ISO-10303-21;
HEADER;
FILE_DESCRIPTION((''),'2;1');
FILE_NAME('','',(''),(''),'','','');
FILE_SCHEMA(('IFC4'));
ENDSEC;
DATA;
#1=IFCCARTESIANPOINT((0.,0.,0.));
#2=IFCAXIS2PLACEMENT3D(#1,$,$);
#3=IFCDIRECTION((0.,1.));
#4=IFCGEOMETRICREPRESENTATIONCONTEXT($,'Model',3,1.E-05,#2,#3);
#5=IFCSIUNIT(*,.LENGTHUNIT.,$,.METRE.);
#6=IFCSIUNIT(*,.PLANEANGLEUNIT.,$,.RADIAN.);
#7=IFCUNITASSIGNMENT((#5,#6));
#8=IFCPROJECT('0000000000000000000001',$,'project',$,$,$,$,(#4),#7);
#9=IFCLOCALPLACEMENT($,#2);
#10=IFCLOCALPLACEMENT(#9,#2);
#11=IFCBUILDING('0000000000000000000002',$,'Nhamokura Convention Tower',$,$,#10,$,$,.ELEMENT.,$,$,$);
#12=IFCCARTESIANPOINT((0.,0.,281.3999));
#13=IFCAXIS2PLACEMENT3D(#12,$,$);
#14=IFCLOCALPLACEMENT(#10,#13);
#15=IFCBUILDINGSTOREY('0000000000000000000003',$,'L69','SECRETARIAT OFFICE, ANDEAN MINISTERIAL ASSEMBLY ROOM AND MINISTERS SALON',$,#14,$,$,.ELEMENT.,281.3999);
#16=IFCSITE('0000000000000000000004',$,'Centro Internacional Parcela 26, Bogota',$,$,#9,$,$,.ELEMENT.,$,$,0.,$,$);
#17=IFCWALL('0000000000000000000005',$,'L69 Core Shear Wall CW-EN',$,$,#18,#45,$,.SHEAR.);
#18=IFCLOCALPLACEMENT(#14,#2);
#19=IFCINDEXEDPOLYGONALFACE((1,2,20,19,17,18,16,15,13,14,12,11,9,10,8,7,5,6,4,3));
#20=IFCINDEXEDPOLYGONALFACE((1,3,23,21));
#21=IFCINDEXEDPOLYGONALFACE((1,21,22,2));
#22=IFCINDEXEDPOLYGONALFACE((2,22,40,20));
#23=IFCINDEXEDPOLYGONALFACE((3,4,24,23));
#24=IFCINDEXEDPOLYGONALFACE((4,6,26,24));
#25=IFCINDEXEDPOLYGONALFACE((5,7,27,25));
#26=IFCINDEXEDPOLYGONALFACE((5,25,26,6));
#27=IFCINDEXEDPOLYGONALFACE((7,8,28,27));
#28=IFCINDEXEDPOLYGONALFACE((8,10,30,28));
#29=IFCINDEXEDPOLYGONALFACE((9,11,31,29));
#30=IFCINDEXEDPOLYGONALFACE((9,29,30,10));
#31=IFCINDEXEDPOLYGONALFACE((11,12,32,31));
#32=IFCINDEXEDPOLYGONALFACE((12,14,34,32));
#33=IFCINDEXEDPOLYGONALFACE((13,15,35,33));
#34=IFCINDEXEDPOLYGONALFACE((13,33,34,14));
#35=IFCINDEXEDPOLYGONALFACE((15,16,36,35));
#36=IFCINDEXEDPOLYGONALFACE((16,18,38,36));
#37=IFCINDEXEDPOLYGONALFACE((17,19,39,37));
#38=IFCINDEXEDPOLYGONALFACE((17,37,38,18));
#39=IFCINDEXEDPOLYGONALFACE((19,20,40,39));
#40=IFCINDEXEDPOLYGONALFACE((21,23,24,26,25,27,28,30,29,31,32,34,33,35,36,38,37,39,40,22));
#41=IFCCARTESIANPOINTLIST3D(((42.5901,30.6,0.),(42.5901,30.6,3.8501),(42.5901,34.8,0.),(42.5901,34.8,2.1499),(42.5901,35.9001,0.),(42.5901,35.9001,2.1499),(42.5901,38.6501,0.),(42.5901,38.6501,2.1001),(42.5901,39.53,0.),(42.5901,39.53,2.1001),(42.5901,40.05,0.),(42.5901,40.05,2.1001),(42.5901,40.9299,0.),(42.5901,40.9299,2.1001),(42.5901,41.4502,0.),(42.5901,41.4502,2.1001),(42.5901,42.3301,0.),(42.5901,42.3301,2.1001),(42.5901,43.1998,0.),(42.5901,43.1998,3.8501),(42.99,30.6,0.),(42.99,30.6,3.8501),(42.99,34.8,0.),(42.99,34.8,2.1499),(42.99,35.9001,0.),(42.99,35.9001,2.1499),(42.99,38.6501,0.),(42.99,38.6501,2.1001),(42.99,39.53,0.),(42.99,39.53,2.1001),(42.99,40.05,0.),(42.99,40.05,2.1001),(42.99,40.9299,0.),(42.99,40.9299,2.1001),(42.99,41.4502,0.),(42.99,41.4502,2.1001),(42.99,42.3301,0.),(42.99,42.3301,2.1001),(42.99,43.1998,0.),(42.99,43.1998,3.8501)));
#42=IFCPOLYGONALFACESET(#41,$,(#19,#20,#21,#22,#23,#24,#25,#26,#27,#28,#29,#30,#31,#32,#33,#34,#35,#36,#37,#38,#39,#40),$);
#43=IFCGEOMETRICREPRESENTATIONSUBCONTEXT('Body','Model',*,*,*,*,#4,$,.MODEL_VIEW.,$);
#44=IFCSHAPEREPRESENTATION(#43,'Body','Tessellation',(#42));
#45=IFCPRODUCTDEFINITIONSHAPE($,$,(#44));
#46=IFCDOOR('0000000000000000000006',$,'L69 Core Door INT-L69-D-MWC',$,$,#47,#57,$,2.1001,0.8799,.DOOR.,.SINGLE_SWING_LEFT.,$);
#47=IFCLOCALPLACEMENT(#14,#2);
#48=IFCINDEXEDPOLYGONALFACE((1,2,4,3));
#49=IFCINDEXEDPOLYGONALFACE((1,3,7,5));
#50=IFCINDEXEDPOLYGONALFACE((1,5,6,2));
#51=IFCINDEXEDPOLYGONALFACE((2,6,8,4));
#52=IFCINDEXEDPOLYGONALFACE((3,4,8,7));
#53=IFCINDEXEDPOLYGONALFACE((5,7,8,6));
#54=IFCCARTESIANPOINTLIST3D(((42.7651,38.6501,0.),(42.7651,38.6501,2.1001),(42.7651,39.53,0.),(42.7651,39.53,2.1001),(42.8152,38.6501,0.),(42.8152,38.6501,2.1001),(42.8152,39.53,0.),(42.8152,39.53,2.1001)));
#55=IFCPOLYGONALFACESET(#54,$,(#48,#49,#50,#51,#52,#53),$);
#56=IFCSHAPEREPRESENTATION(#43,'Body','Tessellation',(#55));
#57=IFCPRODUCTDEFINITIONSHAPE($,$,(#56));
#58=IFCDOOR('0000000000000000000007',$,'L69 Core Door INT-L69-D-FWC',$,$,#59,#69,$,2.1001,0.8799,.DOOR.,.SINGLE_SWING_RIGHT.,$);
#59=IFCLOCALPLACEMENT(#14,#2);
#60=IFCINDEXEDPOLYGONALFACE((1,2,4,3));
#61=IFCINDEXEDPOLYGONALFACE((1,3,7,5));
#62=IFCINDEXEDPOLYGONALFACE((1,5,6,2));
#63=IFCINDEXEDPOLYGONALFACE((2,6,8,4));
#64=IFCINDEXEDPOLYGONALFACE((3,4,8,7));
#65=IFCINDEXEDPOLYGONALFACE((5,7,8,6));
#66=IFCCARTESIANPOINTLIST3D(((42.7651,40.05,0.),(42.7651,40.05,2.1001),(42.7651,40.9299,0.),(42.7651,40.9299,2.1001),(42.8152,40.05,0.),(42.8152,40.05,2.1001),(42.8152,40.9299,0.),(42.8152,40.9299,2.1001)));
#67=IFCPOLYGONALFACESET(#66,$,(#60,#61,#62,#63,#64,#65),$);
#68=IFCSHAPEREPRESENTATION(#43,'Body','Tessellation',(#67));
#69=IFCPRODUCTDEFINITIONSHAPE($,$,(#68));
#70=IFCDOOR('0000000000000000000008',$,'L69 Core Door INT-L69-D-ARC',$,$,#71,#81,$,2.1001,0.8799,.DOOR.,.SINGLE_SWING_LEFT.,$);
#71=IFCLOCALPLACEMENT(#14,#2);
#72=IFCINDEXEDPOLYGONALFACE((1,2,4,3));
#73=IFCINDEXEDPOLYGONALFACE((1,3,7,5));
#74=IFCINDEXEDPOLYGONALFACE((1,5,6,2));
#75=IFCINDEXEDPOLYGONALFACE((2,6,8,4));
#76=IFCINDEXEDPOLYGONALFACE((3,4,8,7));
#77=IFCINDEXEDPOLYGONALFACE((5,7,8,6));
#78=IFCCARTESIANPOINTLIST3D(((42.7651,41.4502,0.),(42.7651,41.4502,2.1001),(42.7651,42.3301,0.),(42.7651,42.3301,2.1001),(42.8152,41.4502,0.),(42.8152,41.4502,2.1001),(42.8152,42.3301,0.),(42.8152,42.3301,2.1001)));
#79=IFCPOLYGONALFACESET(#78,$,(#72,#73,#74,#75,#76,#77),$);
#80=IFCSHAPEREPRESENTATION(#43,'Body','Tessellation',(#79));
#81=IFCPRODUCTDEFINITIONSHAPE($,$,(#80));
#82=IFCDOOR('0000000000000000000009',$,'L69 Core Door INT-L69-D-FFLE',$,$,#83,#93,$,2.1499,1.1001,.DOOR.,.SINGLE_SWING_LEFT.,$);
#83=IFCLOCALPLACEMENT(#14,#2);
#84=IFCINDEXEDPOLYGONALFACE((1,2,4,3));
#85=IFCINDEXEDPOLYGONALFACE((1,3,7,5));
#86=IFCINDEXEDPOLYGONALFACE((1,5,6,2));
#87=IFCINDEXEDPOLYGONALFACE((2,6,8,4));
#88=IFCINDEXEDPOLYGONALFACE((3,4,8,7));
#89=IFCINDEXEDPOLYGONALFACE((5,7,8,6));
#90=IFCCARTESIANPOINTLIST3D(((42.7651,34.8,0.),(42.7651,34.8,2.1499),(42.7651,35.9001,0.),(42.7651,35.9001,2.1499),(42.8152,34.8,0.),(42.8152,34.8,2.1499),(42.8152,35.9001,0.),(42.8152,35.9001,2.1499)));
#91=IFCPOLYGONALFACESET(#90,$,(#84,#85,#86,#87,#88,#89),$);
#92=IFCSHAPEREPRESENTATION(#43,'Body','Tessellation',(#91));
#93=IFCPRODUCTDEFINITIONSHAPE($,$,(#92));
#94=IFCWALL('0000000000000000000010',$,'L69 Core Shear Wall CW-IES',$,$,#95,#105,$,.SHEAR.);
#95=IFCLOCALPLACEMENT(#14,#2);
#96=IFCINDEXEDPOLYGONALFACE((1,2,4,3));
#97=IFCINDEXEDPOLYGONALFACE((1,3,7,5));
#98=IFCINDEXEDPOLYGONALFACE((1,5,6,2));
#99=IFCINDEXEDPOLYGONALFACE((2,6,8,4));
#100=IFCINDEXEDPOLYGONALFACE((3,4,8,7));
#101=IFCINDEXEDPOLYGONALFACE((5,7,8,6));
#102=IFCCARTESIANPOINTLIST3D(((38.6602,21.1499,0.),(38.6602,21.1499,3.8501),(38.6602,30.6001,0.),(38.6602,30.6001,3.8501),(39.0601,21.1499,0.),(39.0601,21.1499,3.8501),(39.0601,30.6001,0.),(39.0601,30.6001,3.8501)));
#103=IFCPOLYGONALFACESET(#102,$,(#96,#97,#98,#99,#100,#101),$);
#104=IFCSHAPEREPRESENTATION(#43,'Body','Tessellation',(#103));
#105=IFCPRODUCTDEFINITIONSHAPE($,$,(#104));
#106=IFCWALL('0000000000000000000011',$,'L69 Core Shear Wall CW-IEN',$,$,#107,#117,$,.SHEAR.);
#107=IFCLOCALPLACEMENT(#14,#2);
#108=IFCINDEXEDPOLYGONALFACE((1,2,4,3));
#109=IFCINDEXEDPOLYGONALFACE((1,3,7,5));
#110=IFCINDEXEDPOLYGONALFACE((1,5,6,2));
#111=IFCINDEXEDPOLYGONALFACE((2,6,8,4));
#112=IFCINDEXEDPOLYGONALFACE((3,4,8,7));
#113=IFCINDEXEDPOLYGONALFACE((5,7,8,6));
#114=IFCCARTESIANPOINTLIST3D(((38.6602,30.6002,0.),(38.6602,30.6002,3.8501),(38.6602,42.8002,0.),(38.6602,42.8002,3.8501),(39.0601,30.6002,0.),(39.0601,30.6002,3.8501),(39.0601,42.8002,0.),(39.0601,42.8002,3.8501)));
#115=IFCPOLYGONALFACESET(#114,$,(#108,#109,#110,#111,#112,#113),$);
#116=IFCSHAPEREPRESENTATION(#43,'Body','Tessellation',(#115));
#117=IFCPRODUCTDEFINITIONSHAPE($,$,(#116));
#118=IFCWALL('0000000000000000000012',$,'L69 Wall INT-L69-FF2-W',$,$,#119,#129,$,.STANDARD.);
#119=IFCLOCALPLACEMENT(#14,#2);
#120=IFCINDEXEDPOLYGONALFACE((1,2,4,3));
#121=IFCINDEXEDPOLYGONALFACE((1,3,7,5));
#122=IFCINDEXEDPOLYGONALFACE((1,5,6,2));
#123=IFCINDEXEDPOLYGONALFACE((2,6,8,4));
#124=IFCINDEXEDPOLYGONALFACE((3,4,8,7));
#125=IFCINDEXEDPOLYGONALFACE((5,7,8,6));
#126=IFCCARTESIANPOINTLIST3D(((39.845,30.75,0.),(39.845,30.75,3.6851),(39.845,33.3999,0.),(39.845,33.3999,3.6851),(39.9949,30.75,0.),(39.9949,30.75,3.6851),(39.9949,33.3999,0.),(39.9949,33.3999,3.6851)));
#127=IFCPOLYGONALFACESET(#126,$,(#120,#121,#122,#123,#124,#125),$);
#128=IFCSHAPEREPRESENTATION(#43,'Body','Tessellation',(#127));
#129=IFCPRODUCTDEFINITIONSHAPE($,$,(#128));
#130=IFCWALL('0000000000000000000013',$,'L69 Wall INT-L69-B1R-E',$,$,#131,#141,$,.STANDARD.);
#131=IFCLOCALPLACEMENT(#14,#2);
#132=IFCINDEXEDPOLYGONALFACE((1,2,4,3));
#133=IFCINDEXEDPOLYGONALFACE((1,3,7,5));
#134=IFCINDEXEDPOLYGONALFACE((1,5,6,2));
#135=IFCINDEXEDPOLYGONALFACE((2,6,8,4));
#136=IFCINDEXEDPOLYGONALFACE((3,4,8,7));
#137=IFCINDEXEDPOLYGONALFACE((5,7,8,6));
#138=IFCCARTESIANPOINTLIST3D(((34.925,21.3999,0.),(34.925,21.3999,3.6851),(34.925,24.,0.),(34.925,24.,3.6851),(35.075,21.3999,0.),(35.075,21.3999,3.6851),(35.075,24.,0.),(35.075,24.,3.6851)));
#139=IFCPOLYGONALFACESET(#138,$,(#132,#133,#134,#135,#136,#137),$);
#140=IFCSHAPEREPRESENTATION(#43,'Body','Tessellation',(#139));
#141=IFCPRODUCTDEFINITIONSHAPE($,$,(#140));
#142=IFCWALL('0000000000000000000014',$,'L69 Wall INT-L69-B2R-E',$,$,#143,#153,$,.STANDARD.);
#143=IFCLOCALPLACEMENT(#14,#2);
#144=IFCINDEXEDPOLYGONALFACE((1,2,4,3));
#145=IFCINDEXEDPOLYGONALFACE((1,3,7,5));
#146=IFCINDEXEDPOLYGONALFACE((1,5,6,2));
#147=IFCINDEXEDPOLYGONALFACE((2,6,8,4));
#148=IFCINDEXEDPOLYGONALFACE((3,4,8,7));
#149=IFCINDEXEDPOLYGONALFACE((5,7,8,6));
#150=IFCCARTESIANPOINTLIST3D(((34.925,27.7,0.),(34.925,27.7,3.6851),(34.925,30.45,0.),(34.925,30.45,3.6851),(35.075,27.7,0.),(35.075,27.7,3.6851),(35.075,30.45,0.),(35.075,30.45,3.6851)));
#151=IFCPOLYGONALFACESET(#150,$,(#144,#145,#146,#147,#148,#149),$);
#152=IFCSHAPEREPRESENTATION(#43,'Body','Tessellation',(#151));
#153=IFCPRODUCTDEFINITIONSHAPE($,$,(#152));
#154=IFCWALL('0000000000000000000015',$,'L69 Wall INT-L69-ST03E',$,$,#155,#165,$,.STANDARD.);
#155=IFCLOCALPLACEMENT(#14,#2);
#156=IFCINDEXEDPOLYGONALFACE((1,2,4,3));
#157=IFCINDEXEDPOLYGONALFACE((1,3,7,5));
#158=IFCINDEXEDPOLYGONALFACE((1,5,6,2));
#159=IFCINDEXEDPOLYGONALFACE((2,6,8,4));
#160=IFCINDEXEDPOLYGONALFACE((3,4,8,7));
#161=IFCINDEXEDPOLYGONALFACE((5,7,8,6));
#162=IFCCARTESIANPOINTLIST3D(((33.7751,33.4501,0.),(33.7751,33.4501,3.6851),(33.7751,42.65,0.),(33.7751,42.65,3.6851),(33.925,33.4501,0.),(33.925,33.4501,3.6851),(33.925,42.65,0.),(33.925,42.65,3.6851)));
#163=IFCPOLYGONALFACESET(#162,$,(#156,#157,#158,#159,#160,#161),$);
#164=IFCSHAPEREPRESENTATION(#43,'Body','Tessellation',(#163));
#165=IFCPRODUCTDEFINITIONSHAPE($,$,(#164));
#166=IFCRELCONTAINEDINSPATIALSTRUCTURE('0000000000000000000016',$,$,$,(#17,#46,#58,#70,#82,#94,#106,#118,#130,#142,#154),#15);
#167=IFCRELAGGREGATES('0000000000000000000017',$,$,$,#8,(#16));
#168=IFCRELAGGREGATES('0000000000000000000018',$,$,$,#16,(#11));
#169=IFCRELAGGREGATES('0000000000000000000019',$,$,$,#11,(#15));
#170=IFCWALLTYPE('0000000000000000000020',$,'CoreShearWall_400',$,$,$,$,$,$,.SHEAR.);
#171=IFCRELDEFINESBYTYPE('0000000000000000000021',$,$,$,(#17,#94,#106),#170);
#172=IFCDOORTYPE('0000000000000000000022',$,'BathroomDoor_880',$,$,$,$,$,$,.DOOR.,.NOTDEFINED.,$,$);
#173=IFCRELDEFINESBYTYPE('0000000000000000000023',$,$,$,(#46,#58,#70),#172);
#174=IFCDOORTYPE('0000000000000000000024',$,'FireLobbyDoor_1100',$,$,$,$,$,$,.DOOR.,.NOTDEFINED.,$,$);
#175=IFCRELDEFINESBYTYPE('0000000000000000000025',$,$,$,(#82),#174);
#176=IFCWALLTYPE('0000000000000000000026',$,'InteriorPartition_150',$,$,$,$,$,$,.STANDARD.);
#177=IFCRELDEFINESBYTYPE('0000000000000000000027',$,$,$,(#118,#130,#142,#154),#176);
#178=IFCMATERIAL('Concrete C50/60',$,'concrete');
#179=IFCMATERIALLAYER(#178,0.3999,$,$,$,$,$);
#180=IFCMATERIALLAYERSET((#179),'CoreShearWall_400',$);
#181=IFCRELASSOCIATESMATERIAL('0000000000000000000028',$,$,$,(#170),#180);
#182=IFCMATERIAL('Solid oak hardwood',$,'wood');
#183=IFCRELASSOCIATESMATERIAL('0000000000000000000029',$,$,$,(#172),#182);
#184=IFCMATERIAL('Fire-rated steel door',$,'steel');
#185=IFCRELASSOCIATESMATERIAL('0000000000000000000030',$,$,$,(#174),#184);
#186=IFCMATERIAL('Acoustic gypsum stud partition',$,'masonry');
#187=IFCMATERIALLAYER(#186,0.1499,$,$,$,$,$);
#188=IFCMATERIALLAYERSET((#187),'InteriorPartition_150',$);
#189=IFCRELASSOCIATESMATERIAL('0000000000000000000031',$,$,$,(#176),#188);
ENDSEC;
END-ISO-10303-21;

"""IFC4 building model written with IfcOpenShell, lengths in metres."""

from ifc_helpers import new_model, si_unit, direction, frame, frame_2d, origin, place, context, subcontext, project, spatial, rectangle, extrude, material, layer, layer_set, type_object, element, fill, save


model = new_model("IFC4")

# Units and contexts
model_context = context("Model", 3, precision=1e-05, world=origin(), true_north=direction((0.0, 1.0)))
body_context = subcontext(model_context, "Body", "Model", "MODEL_VIEW")
ifc_project = project(units=[si_unit("LENGTHUNIT", "METRE"), si_unit("PLANEANGLEUNIT", "RADIAN")], contexts=[model_context])

# Site, building, storey
site_placement = place(None, origin())
site = spatial("IfcSite", under=ifc_project, at=site_placement, Name="Centro Internacional Parcela 26, Bogota", CompositionType="ELEMENT", RefElevation=0.0)
building_placement = place(site_placement, origin())
building = spatial("IfcBuilding", under=site, at=building_placement, Name="Nhamokura Convention Tower", CompositionType="ELEMENT")
storey_placement = place(building_placement, frame((0.0, 0.0, 281.3999)))
storey = spatial("IfcBuildingStorey", under=building, at=storey_placement, Name="L69", Description="SECRETARIAT OFFICE, ANDEAN MINISTERIAL ASSEMBLY ROOM AND MINISTERS SALON", CompositionType="ELEMENT", Elevation=281.3999)

# Wall, openings, doors
ifc_material_1 = material(Name="Concrete C50/60", Category="concrete")
ifc_layer_1 = layer(ifc_material_1, 0.3999)
ifc_layer_set_1 = layer_set([ifc_layer_1], Name="CoreShearWall_400")
wall_type_1 = type_object("IfcWallType", Name="CoreShearWall_400", PredefinedType="SHEAR", material=ifc_layer_set_1)
wall_1_placement = place(storey_placement, frame((42.79, 30.6001, 0.0), z_axis=(0.0, 0.0, 1.0), x_axis=(0.0, 1.0, 0.0)))
wall_1 = element("IfcWall", 1, at=wall_1_placement, inside=storey, type_object=wall_type_1, Name="L69 Core Shear Wall CW-EN", PredefinedType="SHEAR", context=body_context, shape_type="SweptSolid", body=[
    extrude(rectangle(XDim=12.5999, YDim=0.3999, at=frame_2d((6.2998, 0.0))), origin(), (0.0, 0.0, 1.0), 3.8501),
])
opening_1_placement = place(wall_1_placement, frame((4.2, 0.0, 0.0)))
opening_1 = element("IfcOpeningElement", 2, at=opening_1_placement, cuts=wall_1, PredefinedType="OPENING", context=body_context, shape_type="SweptSolid", body=[
    extrude(rectangle(XDim=1.1001, YDim=2.1499, at=frame_2d((0.55, 1.075))), frame((0.0, 0.21, 0.0), z_axis=(0.0, -1.0, 0.0), x_axis=(1.0, 0.0, 0.0)), (0.0, 0.0, 1.0), 0.4199),
])
opening_2_placement = place(wall_1_placement, frame((8.05, 0.0, 0.0)))
opening_2 = element("IfcOpeningElement", 3, at=opening_2_placement, cuts=wall_1, PredefinedType="OPENING", context=body_context, shape_type="SweptSolid", body=[
    extrude(rectangle(XDim=0.8799, YDim=2.1001, at=frame_2d((0.4399, 1.05))), frame((0.0, 0.21, 0.0), z_axis=(0.0, -1.0, 0.0), x_axis=(1.0, 0.0, 0.0)), (0.0, 0.0, 1.0), 0.4199),
])
opening_3_placement = place(wall_1_placement, frame((9.45, 0.0, 0.0)))
opening_3 = element("IfcOpeningElement", 4, at=opening_3_placement, cuts=wall_1, PredefinedType="OPENING", context=body_context, shape_type="SweptSolid", body=[
    extrude(rectangle(XDim=0.8799, YDim=2.1001, at=frame_2d((0.4399, 1.05))), frame((0.0, 0.21, 0.0), z_axis=(0.0, -1.0, 0.0), x_axis=(1.0, 0.0, 0.0)), (0.0, 0.0, 1.0), 0.4199),
])
opening_4_placement = place(wall_1_placement, frame((10.8501, 0.0, 0.0)))
opening_4 = element("IfcOpeningElement", 5, at=opening_4_placement, cuts=wall_1, PredefinedType="OPENING", context=body_context, shape_type="SweptSolid", body=[
    extrude(rectangle(XDim=0.8799, YDim=2.1001, at=frame_2d((0.4399, 1.05))), frame((0.0, 0.21, 0.0), z_axis=(0.0, -1.0, 0.0), x_axis=(1.0, 0.0, 0.0)), (0.0, 0.0, 1.0), 0.4199),
])
ifc_material_2 = material(Name="Solid oak hardwood", Category="wood")
door_type_1 = type_object("IfcDoorType", Name="BathroomDoor_880", OperationType="NOTDEFINED", PredefinedType="DOOR", material=ifc_material_2)
door_1_placement = place(opening_2_placement, origin())
door_1 = element("IfcDoor", 6, at=door_1_placement, inside=storey, type_object=door_type_1, Name="L69 Core Door INT-L69-D-MWC", OperationType="SINGLE_SWING_LEFT", OverallHeight=2.1001, OverallWidth=0.8799, PredefinedType="DOOR", context=body_context, shape_type="SweptSolid", body=[
    extrude(rectangle(XDim=0.8799, YDim=2.1001, at=frame_2d((0.4399, 1.05))), frame((0.0, 0.0249, 0.0), z_axis=(0.0, -1.0, 0.0), x_axis=(1.0, 0.0, 0.0)), (0.0, 0.0, 1.0), 0.05),
])
fill(opening_2, door_1)
door_2_placement = place(opening_3_placement, origin())
door_2 = element("IfcDoor", 7, at=door_2_placement, inside=storey, type_object=door_type_1, Name="L69 Core Door INT-L69-D-FWC", OperationType="SINGLE_SWING_RIGHT", OverallHeight=2.1001, OverallWidth=0.8799, PredefinedType="DOOR", context=body_context, shape_type="SweptSolid", body=[
    extrude(rectangle(XDim=0.8799, YDim=2.1001, at=frame_2d((0.4399, 1.05))), frame((0.0, 0.0249, 0.0), z_axis=(0.0, -1.0, 0.0), x_axis=(1.0, 0.0, 0.0)), (0.0, 0.0, 1.0), 0.05),
])
fill(opening_3, door_2)
door_3_placement = place(opening_4_placement, origin())
door_3 = element("IfcDoor", 8, at=door_3_placement, inside=storey, type_object=door_type_1, Name="L69 Core Door INT-L69-D-ARC", OperationType="SINGLE_SWING_LEFT", OverallHeight=2.1001, OverallWidth=0.8799, PredefinedType="DOOR", context=body_context, shape_type="SweptSolid", body=[
    extrude(rectangle(XDim=0.8799, YDim=2.1001, at=frame_2d((0.4399, 1.05))), frame((0.0, 0.0249, 0.0), z_axis=(0.0, -1.0, 0.0), x_axis=(1.0, 0.0, 0.0)), (0.0, 0.0, 1.0), 0.05),
])
fill(opening_4, door_3)
ifc_material_3 = material(Name="Fire-rated steel door", Category="steel")
door_type_2 = type_object("IfcDoorType", Name="FireLobbyDoor_1100", OperationType="NOTDEFINED", PredefinedType="DOOR", material=ifc_material_3)
door_4_placement = place(opening_1_placement, origin())
door_4 = element("IfcDoor", 9, at=door_4_placement, inside=storey, type_object=door_type_2, Name="L69 Core Door INT-L69-D-FFLE", OperationType="SINGLE_SWING_LEFT", OverallHeight=2.1499, OverallWidth=1.1001, PredefinedType="DOOR", context=body_context, shape_type="SweptSolid", body=[
    extrude(rectangle(XDim=1.1001, YDim=2.1499, at=frame_2d((0.55, 1.075))), frame((0.0, 0.0249, 0.0), z_axis=(0.0, -1.0, 0.0), x_axis=(1.0, 0.0, 0.0)), (0.0, 0.0, 1.0), 0.05),
])
fill(opening_1, door_4)

# Walls
wall_2_placement = place(storey_placement, frame((38.8601, 21.1499, 0.0), z_axis=(0.0, 0.0, 1.0), x_axis=(0.0, 1.0, 0.0)))
element("IfcWall", 10, at=wall_2_placement, inside=storey, type_object=wall_type_1, Name="L69 Core Shear Wall CW-IES", PredefinedType="SHEAR", context=body_context, shape_type="SweptSolid", body=[
    extrude(rectangle(XDim=9.4502, YDim=0.3999, at=frame_2d((4.7251, 0.0))), origin(), (0.0, 0.0, 1.0), 3.8501),
])
wall_3_placement = place(storey_placement, frame((38.8601, 30.6001, 0.0), z_axis=(0.0, 0.0, 1.0), x_axis=(0.0, 1.0, 0.0)))
element("IfcWall", 11, at=wall_3_placement, inside=storey, type_object=wall_type_1, Name="L69 Core Shear Wall CW-IEN", PredefinedType="SHEAR", context=body_context, shape_type="SweptSolid", body=[
    extrude(rectangle(XDim=12.2, YDim=0.3999, at=frame_2d((6.1001, 0.0))), origin(), (0.0, 0.0, 1.0), 3.8501),
])
ifc_material_4 = material(Name="Acoustic gypsum stud partition", Category="masonry")
ifc_layer_2 = layer(ifc_material_4, 0.1499)
ifc_layer_set_2 = layer_set([ifc_layer_2], Name="InteriorPartition_150")
wall_type_2 = type_object("IfcWallType", Name="InteriorPartition_150", PredefinedType="STANDARD", material=ifc_layer_set_2)
wall_4_placement = place(storey_placement, frame((39.9199, 30.75, 0.0), z_axis=(0.0, 0.0, 1.0), x_axis=(0.0, 1.0, 0.0)))
element("IfcWall", 12, at=wall_4_placement, inside=storey, type_object=wall_type_2, Name="L69 Wall INT-L69-FF2-W", PredefinedType="STANDARD", context=body_context, shape_type="SweptSolid", body=[
    extrude(rectangle(XDim=2.6499, YDim=0.1499, at=frame_2d((1.325, 0.0))), origin(), (0.0, 0.0, 1.0), 3.6851),
])
wall_5_placement = place(storey_placement, frame((35.0, 21.3999, 0.0), z_axis=(0.0, 0.0, 1.0), x_axis=(0.0, 1.0, 0.0)))
element("IfcWall", 13, at=wall_5_placement, inside=storey, type_object=wall_type_2, Name="L69 Wall INT-L69-B1R-E", PredefinedType="STANDARD", context=body_context, shape_type="SweptSolid", body=[
    extrude(rectangle(XDim=2.6001, YDim=0.1499, at=frame_2d((1.3, 0.0))), origin(), (0.0, 0.0, 1.0), 3.6851),
])
wall_6_placement = place(storey_placement, frame((35.0, 27.7, 0.0), z_axis=(0.0, 0.0, 1.0), x_axis=(0.0, 1.0, 0.0)))
element("IfcWall", 14, at=wall_6_placement, inside=storey, type_object=wall_type_2, Name="L69 Wall INT-L69-B2R-E", PredefinedType="STANDARD", context=body_context, shape_type="SweptSolid", body=[
    extrude(rectangle(XDim=2.75, YDim=0.1499, at=frame_2d((1.375, 0.0))), origin(), (0.0, 0.0, 1.0), 3.6851),
])
wall_7_placement = place(storey_placement, frame((33.8501, 33.45, 0.0), z_axis=(0.0, 0.0, 1.0), x_axis=(0.0, 1.0, 0.0)))
element("IfcWall", 15, at=wall_7_placement, inside=storey, type_object=wall_type_2, Name="L69 Wall INT-L69-ST03E", PredefinedType="STANDARD", context=body_context, shape_type="SweptSolid", body=[
    extrude(rectangle(XDim=9.2, YDim=0.1499, at=frame_2d((4.6001, 0.0))), origin(), (0.0, 0.0, 1.0), 3.6851),
])

save(model, "model.ifc")
